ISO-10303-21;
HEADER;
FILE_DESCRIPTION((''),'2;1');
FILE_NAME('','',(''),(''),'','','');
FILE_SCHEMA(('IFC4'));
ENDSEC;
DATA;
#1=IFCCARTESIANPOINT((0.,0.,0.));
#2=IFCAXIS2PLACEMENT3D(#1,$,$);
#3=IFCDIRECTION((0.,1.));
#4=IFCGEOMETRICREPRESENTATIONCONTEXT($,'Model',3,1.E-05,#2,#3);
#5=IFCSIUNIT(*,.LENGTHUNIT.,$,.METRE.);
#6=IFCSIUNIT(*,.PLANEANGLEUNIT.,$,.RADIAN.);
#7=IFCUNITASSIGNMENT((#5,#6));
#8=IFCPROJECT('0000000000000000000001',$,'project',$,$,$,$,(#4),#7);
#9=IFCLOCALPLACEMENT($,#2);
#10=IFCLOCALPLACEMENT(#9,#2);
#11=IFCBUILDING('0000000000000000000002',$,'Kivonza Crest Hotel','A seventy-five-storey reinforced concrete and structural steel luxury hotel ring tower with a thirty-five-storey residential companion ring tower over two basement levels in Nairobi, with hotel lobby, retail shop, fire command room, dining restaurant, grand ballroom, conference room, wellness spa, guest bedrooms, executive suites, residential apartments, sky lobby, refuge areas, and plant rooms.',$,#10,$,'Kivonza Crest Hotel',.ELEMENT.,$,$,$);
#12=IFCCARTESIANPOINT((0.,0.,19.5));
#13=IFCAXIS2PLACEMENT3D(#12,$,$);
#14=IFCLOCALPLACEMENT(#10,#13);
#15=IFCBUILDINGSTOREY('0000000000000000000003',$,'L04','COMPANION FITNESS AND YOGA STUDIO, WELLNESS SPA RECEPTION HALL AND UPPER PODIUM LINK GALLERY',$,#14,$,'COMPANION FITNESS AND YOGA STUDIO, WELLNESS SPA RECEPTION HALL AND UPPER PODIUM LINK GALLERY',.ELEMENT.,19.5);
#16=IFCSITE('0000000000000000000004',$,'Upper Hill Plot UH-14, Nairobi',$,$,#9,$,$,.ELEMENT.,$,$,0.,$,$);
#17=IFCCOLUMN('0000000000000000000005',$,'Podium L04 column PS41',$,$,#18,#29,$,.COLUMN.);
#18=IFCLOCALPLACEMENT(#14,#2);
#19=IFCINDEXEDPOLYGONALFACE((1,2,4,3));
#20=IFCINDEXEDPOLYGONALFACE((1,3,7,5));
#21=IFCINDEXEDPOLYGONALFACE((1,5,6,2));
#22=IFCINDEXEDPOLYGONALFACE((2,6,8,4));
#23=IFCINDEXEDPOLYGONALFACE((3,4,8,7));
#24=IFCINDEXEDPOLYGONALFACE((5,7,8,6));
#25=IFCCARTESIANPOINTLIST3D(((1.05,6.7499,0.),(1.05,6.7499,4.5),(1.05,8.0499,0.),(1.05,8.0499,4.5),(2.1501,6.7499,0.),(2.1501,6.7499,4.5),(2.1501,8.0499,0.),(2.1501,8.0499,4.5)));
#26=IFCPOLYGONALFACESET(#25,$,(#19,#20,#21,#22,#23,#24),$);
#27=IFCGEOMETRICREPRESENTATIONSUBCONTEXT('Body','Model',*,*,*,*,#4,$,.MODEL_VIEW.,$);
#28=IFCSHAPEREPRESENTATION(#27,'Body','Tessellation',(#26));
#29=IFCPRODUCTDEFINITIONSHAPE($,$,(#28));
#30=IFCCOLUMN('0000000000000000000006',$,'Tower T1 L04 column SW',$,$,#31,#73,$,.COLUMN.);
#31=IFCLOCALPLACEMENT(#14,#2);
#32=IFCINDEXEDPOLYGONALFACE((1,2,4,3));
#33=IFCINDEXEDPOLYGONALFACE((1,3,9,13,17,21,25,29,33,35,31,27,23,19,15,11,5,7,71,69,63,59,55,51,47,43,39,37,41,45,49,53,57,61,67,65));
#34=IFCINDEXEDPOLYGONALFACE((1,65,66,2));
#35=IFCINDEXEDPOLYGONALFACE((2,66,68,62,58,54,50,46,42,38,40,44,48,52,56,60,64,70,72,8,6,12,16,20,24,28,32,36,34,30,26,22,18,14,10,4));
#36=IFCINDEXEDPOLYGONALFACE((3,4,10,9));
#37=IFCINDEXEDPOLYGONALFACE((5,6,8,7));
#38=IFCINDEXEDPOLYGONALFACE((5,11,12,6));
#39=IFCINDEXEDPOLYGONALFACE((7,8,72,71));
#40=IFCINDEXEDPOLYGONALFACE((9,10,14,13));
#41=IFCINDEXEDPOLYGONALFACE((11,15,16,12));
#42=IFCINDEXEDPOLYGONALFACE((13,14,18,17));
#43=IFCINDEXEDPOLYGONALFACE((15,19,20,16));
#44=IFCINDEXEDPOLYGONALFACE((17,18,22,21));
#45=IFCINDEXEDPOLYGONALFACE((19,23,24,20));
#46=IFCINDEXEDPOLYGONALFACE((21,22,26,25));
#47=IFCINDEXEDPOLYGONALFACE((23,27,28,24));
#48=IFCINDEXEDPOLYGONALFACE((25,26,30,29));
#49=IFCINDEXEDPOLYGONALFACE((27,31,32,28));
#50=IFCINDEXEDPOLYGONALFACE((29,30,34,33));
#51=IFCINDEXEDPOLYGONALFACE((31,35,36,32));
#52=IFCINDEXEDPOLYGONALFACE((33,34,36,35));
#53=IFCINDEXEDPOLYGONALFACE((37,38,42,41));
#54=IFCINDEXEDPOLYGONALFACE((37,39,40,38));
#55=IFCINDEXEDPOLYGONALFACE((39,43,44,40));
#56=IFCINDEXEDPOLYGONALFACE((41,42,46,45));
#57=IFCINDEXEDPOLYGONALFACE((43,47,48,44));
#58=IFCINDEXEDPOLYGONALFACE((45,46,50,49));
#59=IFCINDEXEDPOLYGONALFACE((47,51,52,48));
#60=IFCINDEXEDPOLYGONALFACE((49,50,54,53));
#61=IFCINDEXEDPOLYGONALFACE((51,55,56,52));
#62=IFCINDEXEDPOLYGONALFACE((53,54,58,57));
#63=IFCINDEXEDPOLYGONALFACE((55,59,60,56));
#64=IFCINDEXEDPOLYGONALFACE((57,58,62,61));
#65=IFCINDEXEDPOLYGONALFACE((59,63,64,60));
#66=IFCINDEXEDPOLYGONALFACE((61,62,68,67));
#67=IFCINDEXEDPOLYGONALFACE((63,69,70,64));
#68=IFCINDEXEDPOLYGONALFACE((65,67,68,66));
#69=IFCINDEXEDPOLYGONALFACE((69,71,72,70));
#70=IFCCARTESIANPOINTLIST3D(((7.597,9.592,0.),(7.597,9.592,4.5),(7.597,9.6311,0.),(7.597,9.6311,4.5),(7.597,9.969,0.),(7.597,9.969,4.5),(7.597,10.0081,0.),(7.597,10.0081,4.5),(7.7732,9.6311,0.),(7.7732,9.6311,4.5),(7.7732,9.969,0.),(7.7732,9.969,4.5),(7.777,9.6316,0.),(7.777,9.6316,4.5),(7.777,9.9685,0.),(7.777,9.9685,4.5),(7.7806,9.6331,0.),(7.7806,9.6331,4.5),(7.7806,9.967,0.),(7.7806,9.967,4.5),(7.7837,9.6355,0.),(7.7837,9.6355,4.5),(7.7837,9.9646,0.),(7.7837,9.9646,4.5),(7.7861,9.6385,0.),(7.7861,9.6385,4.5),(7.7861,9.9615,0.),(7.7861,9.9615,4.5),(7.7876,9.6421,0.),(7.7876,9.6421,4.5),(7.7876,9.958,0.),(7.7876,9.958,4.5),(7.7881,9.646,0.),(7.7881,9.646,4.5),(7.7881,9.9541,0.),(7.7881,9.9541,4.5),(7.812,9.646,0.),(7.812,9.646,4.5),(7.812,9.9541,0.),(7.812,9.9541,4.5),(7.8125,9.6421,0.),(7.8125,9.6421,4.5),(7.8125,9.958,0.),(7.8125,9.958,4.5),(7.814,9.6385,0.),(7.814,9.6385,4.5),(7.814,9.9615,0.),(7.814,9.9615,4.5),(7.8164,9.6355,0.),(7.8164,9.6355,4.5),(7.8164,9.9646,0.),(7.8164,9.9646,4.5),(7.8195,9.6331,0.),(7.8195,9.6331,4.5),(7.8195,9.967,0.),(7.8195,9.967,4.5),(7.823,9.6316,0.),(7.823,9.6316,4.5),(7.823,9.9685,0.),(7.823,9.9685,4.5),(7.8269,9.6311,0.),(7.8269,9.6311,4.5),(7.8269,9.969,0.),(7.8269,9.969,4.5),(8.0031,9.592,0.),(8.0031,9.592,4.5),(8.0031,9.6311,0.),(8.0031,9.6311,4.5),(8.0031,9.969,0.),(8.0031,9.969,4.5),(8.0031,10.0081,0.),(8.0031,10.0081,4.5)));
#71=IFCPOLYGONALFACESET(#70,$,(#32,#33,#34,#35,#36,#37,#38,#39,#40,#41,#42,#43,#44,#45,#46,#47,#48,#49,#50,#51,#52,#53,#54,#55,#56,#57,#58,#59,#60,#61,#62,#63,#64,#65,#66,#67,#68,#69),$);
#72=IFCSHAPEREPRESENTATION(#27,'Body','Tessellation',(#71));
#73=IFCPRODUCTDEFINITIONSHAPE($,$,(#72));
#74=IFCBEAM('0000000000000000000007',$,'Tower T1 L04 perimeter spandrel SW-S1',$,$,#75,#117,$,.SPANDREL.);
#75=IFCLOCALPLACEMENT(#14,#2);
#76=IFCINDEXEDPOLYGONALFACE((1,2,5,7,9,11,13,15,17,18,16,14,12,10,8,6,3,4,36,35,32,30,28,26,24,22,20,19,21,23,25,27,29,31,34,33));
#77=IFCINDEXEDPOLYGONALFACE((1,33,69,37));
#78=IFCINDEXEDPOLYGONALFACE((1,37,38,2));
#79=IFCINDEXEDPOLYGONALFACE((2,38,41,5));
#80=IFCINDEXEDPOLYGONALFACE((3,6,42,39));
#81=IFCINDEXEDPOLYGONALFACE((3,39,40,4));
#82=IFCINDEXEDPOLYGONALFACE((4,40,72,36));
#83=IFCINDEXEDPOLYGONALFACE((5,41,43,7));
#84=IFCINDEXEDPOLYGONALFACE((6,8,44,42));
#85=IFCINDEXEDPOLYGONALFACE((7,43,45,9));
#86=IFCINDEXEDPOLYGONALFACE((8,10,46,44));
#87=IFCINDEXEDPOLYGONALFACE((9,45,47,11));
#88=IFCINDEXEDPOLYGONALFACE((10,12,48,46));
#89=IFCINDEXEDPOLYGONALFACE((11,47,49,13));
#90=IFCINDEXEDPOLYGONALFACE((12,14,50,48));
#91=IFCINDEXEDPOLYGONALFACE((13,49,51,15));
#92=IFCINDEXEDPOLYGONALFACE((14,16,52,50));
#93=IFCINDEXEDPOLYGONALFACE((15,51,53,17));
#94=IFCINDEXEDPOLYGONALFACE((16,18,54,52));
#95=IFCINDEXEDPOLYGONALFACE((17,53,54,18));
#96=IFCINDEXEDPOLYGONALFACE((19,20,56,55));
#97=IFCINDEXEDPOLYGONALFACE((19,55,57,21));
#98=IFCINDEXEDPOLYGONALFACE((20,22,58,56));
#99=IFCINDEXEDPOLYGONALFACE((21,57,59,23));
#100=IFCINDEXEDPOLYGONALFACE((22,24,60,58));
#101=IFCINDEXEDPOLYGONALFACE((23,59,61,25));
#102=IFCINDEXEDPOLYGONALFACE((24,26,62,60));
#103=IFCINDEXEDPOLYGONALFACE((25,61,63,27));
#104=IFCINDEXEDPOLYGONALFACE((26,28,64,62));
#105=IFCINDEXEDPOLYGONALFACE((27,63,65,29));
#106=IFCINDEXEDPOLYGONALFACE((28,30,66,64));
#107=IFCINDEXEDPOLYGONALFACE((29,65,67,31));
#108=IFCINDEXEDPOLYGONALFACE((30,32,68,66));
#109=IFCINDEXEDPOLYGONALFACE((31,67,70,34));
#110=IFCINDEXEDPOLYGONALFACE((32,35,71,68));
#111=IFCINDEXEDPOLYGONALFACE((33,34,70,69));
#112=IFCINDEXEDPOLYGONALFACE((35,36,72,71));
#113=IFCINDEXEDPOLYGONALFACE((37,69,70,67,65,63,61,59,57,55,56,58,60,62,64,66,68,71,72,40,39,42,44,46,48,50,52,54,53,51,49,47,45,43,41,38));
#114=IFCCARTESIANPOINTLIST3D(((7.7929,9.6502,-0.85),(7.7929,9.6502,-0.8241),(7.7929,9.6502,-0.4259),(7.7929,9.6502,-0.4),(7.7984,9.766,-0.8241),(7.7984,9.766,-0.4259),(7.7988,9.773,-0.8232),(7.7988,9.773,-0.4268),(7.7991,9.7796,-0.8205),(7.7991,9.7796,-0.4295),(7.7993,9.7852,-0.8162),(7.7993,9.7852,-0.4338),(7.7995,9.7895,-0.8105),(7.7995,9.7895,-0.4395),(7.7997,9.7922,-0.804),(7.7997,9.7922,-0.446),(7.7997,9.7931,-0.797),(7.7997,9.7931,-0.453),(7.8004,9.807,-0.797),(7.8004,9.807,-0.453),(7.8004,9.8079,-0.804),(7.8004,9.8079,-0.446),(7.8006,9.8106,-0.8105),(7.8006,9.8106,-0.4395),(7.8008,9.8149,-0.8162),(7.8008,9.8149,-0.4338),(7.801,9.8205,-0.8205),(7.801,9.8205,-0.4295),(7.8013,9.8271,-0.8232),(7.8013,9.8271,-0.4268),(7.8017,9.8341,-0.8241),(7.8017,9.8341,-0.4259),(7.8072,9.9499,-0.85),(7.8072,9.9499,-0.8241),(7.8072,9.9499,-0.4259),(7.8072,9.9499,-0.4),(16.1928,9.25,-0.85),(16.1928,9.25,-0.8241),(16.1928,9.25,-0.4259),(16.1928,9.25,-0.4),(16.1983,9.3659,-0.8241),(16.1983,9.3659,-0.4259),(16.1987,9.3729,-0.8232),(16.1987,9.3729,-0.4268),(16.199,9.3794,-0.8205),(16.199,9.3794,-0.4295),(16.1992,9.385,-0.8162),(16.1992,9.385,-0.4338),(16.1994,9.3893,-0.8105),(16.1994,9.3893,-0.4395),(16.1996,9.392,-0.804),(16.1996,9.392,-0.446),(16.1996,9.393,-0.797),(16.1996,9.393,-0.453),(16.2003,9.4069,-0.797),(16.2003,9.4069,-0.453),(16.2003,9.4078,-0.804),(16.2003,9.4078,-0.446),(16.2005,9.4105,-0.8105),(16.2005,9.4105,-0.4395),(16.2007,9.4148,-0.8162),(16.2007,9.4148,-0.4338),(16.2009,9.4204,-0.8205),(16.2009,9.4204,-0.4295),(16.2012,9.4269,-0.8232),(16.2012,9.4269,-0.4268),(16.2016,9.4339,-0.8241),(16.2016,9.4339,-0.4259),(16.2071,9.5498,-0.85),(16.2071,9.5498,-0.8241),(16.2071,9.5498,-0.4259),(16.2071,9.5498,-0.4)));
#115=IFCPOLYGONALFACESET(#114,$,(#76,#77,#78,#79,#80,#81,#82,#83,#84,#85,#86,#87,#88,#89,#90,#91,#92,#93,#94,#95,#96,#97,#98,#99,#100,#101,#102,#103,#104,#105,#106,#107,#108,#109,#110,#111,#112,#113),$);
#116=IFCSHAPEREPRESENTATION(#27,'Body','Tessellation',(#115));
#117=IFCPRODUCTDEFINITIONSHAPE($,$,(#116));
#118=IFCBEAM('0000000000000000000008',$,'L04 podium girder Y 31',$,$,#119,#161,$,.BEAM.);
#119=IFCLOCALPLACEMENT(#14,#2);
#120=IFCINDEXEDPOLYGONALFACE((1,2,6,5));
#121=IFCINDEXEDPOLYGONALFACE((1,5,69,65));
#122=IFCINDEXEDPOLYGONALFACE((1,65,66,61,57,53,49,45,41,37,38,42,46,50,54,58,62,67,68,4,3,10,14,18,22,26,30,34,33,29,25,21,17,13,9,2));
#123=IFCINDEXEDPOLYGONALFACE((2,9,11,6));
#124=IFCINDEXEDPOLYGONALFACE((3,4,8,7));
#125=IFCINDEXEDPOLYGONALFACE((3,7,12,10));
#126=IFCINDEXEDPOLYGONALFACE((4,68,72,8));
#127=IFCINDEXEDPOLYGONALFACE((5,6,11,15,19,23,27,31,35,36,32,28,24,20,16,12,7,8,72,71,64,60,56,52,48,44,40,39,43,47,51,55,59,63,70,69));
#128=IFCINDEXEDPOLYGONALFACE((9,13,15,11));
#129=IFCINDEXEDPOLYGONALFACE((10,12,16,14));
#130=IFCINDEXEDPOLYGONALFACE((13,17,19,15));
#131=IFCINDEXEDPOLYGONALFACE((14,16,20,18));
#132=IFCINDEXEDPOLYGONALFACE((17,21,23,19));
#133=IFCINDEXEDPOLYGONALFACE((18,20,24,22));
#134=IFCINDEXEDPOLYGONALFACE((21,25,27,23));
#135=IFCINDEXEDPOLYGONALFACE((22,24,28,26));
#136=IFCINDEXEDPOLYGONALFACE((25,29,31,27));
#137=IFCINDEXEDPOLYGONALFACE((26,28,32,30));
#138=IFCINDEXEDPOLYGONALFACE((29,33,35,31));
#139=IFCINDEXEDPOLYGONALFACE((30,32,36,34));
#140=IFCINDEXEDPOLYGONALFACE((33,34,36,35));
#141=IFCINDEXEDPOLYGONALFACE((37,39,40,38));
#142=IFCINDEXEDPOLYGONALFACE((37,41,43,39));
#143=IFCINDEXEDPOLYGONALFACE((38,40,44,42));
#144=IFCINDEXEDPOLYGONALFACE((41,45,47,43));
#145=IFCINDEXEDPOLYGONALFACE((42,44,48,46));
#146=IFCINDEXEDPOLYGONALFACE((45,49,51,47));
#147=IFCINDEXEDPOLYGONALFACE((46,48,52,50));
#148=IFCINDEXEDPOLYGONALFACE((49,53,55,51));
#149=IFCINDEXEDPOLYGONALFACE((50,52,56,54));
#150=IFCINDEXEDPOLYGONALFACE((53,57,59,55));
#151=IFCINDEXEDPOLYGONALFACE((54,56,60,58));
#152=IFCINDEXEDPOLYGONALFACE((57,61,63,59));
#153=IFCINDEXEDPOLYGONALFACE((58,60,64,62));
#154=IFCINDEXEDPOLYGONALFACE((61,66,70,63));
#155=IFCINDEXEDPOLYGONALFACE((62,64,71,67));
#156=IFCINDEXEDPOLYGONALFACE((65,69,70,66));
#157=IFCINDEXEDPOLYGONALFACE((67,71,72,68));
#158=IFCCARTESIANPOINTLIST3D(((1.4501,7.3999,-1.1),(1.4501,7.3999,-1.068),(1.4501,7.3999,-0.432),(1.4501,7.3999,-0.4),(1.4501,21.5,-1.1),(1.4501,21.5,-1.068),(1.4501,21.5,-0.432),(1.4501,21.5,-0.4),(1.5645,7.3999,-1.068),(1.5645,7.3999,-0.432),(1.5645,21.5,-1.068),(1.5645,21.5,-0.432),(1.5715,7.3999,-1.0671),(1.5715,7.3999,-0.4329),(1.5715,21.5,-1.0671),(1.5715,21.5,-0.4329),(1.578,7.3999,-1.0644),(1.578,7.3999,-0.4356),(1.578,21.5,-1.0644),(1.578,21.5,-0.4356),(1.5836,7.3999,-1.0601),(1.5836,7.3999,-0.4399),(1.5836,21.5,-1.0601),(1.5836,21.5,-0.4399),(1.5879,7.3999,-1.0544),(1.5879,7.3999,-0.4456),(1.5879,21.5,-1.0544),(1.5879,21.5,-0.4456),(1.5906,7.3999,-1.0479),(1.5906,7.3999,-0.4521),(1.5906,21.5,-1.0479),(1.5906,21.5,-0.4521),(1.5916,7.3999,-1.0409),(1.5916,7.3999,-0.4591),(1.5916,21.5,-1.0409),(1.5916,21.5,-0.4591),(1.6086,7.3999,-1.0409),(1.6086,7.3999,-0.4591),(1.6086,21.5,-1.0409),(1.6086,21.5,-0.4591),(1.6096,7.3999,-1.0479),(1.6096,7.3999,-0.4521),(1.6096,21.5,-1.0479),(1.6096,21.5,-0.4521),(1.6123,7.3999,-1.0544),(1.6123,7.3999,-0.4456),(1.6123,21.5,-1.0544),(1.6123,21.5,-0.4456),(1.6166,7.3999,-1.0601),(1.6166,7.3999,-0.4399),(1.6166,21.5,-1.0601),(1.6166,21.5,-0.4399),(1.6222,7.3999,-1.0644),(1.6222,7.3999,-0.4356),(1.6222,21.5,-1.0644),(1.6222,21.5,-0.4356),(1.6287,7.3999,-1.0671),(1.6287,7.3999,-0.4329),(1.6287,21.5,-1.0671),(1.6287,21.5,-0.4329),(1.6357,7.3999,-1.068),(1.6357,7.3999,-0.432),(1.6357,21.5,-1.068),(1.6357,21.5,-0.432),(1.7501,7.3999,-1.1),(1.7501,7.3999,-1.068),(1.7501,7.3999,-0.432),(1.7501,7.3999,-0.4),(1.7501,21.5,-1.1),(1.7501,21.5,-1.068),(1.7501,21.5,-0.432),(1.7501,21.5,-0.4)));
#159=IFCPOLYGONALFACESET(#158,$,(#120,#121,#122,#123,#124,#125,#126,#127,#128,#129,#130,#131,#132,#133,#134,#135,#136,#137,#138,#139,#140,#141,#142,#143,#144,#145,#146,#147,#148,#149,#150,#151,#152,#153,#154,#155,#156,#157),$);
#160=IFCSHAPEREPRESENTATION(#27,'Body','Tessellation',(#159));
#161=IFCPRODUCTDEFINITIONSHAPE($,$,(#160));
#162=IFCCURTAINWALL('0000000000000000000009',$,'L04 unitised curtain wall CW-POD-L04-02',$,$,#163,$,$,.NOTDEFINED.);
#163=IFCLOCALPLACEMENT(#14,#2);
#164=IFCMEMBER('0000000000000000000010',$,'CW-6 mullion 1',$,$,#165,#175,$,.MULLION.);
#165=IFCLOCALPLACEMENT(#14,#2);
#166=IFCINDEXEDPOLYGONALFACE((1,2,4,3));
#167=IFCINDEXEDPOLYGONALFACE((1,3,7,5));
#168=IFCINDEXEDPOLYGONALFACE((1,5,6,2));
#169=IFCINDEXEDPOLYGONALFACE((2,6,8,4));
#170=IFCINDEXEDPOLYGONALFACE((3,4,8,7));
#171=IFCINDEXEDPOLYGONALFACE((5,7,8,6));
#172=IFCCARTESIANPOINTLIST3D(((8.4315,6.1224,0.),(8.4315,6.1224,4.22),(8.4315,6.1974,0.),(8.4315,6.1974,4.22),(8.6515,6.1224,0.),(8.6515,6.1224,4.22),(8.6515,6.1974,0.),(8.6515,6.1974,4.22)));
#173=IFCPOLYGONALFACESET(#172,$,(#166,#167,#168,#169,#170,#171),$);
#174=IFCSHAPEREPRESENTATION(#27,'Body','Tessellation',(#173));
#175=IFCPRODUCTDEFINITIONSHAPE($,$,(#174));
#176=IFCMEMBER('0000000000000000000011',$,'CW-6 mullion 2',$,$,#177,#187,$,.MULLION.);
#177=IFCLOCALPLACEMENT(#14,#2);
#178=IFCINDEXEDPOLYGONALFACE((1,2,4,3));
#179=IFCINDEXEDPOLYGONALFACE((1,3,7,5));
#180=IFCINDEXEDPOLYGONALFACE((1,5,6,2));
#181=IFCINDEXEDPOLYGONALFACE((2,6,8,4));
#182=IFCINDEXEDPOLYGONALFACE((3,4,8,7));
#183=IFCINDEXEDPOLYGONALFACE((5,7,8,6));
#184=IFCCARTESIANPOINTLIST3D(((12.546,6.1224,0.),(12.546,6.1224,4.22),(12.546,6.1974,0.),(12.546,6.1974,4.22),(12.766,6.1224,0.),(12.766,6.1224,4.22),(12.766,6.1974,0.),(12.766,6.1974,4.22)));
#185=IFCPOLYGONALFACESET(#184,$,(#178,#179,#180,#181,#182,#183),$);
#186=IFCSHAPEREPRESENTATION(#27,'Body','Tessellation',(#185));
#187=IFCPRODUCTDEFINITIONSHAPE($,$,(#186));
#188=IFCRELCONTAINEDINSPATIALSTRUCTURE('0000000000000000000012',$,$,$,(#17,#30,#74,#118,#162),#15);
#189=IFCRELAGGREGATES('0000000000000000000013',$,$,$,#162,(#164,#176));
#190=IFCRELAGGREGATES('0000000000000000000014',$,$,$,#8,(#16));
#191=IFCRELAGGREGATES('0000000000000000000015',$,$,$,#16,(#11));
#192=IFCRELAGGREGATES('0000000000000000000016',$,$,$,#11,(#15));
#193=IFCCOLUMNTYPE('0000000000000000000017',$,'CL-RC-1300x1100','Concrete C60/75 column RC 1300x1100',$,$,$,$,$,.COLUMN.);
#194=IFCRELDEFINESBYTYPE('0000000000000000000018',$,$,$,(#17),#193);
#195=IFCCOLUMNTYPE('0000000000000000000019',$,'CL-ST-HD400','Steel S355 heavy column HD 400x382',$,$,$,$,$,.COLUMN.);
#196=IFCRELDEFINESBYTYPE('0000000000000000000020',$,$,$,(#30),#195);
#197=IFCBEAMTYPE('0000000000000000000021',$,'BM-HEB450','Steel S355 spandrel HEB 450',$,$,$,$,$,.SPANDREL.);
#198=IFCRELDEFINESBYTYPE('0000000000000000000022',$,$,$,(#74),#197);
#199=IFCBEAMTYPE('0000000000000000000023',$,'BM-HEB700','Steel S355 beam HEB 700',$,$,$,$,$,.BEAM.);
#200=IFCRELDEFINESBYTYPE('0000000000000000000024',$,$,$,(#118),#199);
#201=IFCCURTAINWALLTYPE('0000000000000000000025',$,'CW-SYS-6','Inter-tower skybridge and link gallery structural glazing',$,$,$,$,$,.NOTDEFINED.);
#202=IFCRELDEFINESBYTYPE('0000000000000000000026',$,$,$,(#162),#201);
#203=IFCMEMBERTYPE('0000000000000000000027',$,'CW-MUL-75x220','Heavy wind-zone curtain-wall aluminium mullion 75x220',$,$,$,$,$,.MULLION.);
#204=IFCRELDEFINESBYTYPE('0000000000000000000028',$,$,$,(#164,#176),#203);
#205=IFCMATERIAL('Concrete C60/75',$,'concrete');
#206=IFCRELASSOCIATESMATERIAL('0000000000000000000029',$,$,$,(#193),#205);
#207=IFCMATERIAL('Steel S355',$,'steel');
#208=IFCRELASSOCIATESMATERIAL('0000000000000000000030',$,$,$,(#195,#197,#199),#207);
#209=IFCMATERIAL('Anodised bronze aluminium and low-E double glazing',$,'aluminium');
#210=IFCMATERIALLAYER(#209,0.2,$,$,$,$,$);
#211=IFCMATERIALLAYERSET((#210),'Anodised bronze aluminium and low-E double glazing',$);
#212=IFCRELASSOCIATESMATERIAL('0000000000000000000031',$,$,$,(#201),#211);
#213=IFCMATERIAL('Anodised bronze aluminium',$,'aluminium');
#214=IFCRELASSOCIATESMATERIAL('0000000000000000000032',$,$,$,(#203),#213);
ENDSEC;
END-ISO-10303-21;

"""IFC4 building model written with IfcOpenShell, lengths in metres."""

from ifc_helpers import new_model, si_unit, direction, frame, origin, origin_2d, place, context, subcontext, project, spatial, rectangle, i_section, extrude, material, layer, layer_set, material_profile, profile_set, type_object, element, aggregate, save


model = new_model("IFC4")

# Units and contexts
model_context = context("Model", 3, precision=1e-05, world=origin(), true_north=direction((0.0, 1.0)))
body_context = subcontext(model_context, "Body", "Model", "MODEL_VIEW")
ifc_project = project(units=[si_unit("LENGTHUNIT", "METRE"), si_unit("PLANEANGLEUNIT", "RADIAN")], contexts=[model_context])

# Site, building, storey
site_placement = place(None, origin())
site = spatial("IfcSite", under=ifc_project, at=site_placement, Name="Upper Hill Plot UH-14, Nairobi", CompositionType="ELEMENT", RefElevation=0.0)
building_placement = place(site_placement, origin())
building = spatial("IfcBuilding", under=site, at=building_placement, Name="Kivonza Crest Hotel", Description="A seventy-five-storey reinforced concrete and structural steel luxury hotel ring tower with a thirty-five-storey residential companion ring tower over two basement levels in Nairobi, with hotel lobby, retail shop, fire command room, dining restaurant, grand ballroom, conference room, wellness spa, guest bedrooms, executive suites, residential apartments, sky lobby, refuge areas, and plant rooms.", LongName="Kivonza Crest Hotel", CompositionType="ELEMENT")
storey_placement = place(building_placement, frame((0.0, 0.0, 19.5)))
storey = spatial("IfcBuildingStorey", under=building, at=storey_placement, Name="L04", Description="COMPANION FITNESS AND YOGA STUDIO, WELLNESS SPA RECEPTION HALL AND UPPER PODIUM LINK GALLERY", LongName="COMPANION FITNESS AND YOGA STUDIO, WELLNESS SPA RECEPTION HALL AND UPPER PODIUM LINK GALLERY", CompositionType="ELEMENT", Elevation=19.5)

# Columns
ifc_material_1 = material(Name="Concrete C60/75", Category="concrete")
ifc_material_profile_1 = material_profile(ifc_material_1, rectangle(XDim=1.1001, YDim=1.3, at=origin_2d()), Name="RC 1300x1100")
ifc_profile_set_1 = profile_set([ifc_material_profile_1], Name="Concrete C60/75")
column_type_1 = type_object("IfcColumnType", Name="CL-RC-1300x1100", Description="Concrete C60/75 column RC 1300x1100", PredefinedType="COLUMN", material=ifc_profile_set_1)
column_1_placement = place(storey_placement, frame((1.6001, 7.3999, 0.0), z_axis=(0.0, 0.0, 1.0), x_axis=(1.0, 0.0, 0.0)))
element("IfcColumn", 1, at=column_1_placement, inside=storey, type_object=column_type_1, Name="Podium L04 column PS41", PredefinedType="COLUMN", context=body_context, shape_type="SweptSolid", body=[
    extrude(rectangle(XDim=1.1001, YDim=1.3, at=origin_2d()), origin(), (0.0, 0.0, 1.0), 4.5),
])
ifc_material_2 = material(Name="Steel S355", Category="steel")
ifc_material_profile_2 = material_profile(ifc_material_2, i_section(OverallWidth=0.406, OverallDepth=0.416, WebThickness=0.0239, FlangeThickness=0.0391, FilletRadius=0.0149, at=origin_2d()), Name="HD 400x382")
ifc_profile_set_2 = profile_set([ifc_material_profile_2], Name="Steel S355")
column_type_2 = type_object("IfcColumnType", Name="CL-ST-HD400", Description="Steel S355 heavy column HD 400x382", PredefinedType="COLUMN", material=ifc_profile_set_2)
column_2_placement = place(storey_placement, frame((7.8, 9.8, 0.0), z_axis=(0.0, 0.0, 1.0), x_axis=(1.0, 0.0, 0.0)))
element("IfcColumn", 2, at=column_2_placement, inside=storey, type_object=column_type_2, Name="Tower T1 L04 column SW", PredefinedType="COLUMN", context=body_context, shape_type="SweptSolid", body=[
    extrude(i_section(OverallWidth=0.406, OverallDepth=0.416, WebThickness=0.0239, FlangeThickness=0.0391, FilletRadius=0.0149, at=origin_2d()), origin(), (0.0, 0.0, 1.0), 4.5),
])

# Beams
ifc_material_profile_3 = material_profile(ifc_material_2, i_section(OverallWidth=0.3, OverallDepth=0.45, WebThickness=0.0139, FlangeThickness=0.0259, FilletRadius=0.0271, at=origin_2d()), Name="HEB 450")
ifc_profile_set_3 = profile_set([ifc_material_profile_3], Name="Steel S355")
beam_type_1 = type_object("IfcBeamType", Name="BM-HEB450", Description="Steel S355 spandrel HEB 450", PredefinedType="SPANDREL", material=ifc_profile_set_3)
beam_1_placement = place(storey_placement, frame((7.8, 9.8, -0.625), z_axis=(0.998867, -0.047583, 0.0), x_axis=(0.047583, 0.998867, 0.0)))
element("IfcBeam", 3, at=beam_1_placement, inside=storey, type_object=beam_type_1, Name="Tower T1 L04 perimeter spandrel SW-S1", PredefinedType="SPANDREL", context=body_context, shape_type="SweptSolid", body=[
    extrude(i_section(OverallWidth=0.3, OverallDepth=0.45, WebThickness=0.0139, FlangeThickness=0.0259, FilletRadius=0.0271, at=origin_2d()), origin(), (0.0, 0.0, 1.0), 8.4094),
])
ifc_material_profile_4 = material_profile(ifc_material_2, i_section(OverallWidth=0.3, OverallDepth=0.7, WebThickness=0.0171, FlangeThickness=0.032, FilletRadius=0.0271, at=origin_2d()), Name="HEB 700")
ifc_profile_set_4 = profile_set([ifc_material_profile_4], Name="Steel S355")
beam_type_2 = type_object("IfcBeamType", Name="BM-HEB700", Description="Steel S355 beam HEB 700", PredefinedType="BEAM", material=ifc_profile_set_4)
beam_2_placement = place(storey_placement, frame((1.6001, 7.3999, -0.75), z_axis=(0.0, 1.0, 0.0), x_axis=(-1.0, 0.0, 0.0)))
element("IfcBeam", 4, at=beam_2_placement, inside=storey, type_object=beam_type_2, Name="L04 podium girder Y 31", PredefinedType="BEAM", context=body_context, shape_type="SweptSolid", body=[
    extrude(i_section(OverallWidth=0.3, OverallDepth=0.7, WebThickness=0.0171, FlangeThickness=0.032, FilletRadius=0.0271, at=origin_2d()), origin(), (0.0, 0.0, 1.0), 14.1001),
])

# Curtain wall, members
ifc_material_3 = material(Name="Anodised bronze aluminium and low-E double glazing", Category="aluminium")
ifc_layer_1 = layer(ifc_material_3, 0.2)
ifc_layer_set_1 = layer_set([ifc_layer_1], Name="Anodised bronze aluminium and low-E double glazing")
curtain_wall_type = type_object("IfcCurtainWallType", Name="CW-SYS-6", Description="Inter-tower skybridge and link gallery structural glazing", PredefinedType="NOTDEFINED", material=ifc_layer_set_1)
curtain_wall_1_placement = place(storey_placement, origin())
curtain_wall_1 = element("IfcCurtainWall", 5, at=curtain_wall_1_placement, inside=storey, type_object=curtain_wall_type, Name="L04 unitised curtain wall CW-POD-L04-02", PredefinedType="NOTDEFINED")
ifc_material_4 = material(Name="Anodised bronze aluminium", Category="aluminium")
ifc_material_profile_5 = material_profile(ifc_material_4, rectangle(XDim=0.075, YDim=0.22, at=origin_2d()), Name="CW-M 75x220")
ifc_profile_set_5 = profile_set([ifc_material_profile_5], Name="Anodised bronze aluminium")
member_type_1 = type_object("IfcMemberType", Name="CW-MUL-75x220", Description="Heavy wind-zone curtain-wall aluminium mullion 75x220", PredefinedType="MULLION", material=ifc_profile_set_5)
member_1_placement = place(storey_placement, frame((8.5415, 6.1599, 0.0), z_axis=(0.0, 0.0, 1.0), x_axis=(0.0, 1.0, 0.0)))
member_1 = element("IfcMember", 6, at=member_1_placement, type_object=member_type_1, Name="CW-6 mullion 1", PredefinedType="MULLION", context=body_context, shape_type="SweptSolid", body=[
    extrude(rectangle(XDim=0.075, YDim=0.22, at=origin_2d()), origin(), (0.0, 0.0, 1.0), 4.22),
])
member_2_placement = place(storey_placement, frame((12.656, 6.1599, 0.0), z_axis=(0.0, 0.0, 1.0), x_axis=(0.0, 1.0, 0.0)))
member_2 = element("IfcMember", 7, at=member_2_placement, type_object=member_type_1, Name="CW-6 mullion 2", PredefinedType="MULLION", context=body_context, shape_type="SweptSolid", body=[
    extrude(rectangle(XDim=0.075, YDim=0.22, at=origin_2d()), origin(), (0.0, 0.0, 1.0), 4.22),
])

aggregate(curtain_wall_1, [member_1, member_2])

save(model, "model.ifc")
